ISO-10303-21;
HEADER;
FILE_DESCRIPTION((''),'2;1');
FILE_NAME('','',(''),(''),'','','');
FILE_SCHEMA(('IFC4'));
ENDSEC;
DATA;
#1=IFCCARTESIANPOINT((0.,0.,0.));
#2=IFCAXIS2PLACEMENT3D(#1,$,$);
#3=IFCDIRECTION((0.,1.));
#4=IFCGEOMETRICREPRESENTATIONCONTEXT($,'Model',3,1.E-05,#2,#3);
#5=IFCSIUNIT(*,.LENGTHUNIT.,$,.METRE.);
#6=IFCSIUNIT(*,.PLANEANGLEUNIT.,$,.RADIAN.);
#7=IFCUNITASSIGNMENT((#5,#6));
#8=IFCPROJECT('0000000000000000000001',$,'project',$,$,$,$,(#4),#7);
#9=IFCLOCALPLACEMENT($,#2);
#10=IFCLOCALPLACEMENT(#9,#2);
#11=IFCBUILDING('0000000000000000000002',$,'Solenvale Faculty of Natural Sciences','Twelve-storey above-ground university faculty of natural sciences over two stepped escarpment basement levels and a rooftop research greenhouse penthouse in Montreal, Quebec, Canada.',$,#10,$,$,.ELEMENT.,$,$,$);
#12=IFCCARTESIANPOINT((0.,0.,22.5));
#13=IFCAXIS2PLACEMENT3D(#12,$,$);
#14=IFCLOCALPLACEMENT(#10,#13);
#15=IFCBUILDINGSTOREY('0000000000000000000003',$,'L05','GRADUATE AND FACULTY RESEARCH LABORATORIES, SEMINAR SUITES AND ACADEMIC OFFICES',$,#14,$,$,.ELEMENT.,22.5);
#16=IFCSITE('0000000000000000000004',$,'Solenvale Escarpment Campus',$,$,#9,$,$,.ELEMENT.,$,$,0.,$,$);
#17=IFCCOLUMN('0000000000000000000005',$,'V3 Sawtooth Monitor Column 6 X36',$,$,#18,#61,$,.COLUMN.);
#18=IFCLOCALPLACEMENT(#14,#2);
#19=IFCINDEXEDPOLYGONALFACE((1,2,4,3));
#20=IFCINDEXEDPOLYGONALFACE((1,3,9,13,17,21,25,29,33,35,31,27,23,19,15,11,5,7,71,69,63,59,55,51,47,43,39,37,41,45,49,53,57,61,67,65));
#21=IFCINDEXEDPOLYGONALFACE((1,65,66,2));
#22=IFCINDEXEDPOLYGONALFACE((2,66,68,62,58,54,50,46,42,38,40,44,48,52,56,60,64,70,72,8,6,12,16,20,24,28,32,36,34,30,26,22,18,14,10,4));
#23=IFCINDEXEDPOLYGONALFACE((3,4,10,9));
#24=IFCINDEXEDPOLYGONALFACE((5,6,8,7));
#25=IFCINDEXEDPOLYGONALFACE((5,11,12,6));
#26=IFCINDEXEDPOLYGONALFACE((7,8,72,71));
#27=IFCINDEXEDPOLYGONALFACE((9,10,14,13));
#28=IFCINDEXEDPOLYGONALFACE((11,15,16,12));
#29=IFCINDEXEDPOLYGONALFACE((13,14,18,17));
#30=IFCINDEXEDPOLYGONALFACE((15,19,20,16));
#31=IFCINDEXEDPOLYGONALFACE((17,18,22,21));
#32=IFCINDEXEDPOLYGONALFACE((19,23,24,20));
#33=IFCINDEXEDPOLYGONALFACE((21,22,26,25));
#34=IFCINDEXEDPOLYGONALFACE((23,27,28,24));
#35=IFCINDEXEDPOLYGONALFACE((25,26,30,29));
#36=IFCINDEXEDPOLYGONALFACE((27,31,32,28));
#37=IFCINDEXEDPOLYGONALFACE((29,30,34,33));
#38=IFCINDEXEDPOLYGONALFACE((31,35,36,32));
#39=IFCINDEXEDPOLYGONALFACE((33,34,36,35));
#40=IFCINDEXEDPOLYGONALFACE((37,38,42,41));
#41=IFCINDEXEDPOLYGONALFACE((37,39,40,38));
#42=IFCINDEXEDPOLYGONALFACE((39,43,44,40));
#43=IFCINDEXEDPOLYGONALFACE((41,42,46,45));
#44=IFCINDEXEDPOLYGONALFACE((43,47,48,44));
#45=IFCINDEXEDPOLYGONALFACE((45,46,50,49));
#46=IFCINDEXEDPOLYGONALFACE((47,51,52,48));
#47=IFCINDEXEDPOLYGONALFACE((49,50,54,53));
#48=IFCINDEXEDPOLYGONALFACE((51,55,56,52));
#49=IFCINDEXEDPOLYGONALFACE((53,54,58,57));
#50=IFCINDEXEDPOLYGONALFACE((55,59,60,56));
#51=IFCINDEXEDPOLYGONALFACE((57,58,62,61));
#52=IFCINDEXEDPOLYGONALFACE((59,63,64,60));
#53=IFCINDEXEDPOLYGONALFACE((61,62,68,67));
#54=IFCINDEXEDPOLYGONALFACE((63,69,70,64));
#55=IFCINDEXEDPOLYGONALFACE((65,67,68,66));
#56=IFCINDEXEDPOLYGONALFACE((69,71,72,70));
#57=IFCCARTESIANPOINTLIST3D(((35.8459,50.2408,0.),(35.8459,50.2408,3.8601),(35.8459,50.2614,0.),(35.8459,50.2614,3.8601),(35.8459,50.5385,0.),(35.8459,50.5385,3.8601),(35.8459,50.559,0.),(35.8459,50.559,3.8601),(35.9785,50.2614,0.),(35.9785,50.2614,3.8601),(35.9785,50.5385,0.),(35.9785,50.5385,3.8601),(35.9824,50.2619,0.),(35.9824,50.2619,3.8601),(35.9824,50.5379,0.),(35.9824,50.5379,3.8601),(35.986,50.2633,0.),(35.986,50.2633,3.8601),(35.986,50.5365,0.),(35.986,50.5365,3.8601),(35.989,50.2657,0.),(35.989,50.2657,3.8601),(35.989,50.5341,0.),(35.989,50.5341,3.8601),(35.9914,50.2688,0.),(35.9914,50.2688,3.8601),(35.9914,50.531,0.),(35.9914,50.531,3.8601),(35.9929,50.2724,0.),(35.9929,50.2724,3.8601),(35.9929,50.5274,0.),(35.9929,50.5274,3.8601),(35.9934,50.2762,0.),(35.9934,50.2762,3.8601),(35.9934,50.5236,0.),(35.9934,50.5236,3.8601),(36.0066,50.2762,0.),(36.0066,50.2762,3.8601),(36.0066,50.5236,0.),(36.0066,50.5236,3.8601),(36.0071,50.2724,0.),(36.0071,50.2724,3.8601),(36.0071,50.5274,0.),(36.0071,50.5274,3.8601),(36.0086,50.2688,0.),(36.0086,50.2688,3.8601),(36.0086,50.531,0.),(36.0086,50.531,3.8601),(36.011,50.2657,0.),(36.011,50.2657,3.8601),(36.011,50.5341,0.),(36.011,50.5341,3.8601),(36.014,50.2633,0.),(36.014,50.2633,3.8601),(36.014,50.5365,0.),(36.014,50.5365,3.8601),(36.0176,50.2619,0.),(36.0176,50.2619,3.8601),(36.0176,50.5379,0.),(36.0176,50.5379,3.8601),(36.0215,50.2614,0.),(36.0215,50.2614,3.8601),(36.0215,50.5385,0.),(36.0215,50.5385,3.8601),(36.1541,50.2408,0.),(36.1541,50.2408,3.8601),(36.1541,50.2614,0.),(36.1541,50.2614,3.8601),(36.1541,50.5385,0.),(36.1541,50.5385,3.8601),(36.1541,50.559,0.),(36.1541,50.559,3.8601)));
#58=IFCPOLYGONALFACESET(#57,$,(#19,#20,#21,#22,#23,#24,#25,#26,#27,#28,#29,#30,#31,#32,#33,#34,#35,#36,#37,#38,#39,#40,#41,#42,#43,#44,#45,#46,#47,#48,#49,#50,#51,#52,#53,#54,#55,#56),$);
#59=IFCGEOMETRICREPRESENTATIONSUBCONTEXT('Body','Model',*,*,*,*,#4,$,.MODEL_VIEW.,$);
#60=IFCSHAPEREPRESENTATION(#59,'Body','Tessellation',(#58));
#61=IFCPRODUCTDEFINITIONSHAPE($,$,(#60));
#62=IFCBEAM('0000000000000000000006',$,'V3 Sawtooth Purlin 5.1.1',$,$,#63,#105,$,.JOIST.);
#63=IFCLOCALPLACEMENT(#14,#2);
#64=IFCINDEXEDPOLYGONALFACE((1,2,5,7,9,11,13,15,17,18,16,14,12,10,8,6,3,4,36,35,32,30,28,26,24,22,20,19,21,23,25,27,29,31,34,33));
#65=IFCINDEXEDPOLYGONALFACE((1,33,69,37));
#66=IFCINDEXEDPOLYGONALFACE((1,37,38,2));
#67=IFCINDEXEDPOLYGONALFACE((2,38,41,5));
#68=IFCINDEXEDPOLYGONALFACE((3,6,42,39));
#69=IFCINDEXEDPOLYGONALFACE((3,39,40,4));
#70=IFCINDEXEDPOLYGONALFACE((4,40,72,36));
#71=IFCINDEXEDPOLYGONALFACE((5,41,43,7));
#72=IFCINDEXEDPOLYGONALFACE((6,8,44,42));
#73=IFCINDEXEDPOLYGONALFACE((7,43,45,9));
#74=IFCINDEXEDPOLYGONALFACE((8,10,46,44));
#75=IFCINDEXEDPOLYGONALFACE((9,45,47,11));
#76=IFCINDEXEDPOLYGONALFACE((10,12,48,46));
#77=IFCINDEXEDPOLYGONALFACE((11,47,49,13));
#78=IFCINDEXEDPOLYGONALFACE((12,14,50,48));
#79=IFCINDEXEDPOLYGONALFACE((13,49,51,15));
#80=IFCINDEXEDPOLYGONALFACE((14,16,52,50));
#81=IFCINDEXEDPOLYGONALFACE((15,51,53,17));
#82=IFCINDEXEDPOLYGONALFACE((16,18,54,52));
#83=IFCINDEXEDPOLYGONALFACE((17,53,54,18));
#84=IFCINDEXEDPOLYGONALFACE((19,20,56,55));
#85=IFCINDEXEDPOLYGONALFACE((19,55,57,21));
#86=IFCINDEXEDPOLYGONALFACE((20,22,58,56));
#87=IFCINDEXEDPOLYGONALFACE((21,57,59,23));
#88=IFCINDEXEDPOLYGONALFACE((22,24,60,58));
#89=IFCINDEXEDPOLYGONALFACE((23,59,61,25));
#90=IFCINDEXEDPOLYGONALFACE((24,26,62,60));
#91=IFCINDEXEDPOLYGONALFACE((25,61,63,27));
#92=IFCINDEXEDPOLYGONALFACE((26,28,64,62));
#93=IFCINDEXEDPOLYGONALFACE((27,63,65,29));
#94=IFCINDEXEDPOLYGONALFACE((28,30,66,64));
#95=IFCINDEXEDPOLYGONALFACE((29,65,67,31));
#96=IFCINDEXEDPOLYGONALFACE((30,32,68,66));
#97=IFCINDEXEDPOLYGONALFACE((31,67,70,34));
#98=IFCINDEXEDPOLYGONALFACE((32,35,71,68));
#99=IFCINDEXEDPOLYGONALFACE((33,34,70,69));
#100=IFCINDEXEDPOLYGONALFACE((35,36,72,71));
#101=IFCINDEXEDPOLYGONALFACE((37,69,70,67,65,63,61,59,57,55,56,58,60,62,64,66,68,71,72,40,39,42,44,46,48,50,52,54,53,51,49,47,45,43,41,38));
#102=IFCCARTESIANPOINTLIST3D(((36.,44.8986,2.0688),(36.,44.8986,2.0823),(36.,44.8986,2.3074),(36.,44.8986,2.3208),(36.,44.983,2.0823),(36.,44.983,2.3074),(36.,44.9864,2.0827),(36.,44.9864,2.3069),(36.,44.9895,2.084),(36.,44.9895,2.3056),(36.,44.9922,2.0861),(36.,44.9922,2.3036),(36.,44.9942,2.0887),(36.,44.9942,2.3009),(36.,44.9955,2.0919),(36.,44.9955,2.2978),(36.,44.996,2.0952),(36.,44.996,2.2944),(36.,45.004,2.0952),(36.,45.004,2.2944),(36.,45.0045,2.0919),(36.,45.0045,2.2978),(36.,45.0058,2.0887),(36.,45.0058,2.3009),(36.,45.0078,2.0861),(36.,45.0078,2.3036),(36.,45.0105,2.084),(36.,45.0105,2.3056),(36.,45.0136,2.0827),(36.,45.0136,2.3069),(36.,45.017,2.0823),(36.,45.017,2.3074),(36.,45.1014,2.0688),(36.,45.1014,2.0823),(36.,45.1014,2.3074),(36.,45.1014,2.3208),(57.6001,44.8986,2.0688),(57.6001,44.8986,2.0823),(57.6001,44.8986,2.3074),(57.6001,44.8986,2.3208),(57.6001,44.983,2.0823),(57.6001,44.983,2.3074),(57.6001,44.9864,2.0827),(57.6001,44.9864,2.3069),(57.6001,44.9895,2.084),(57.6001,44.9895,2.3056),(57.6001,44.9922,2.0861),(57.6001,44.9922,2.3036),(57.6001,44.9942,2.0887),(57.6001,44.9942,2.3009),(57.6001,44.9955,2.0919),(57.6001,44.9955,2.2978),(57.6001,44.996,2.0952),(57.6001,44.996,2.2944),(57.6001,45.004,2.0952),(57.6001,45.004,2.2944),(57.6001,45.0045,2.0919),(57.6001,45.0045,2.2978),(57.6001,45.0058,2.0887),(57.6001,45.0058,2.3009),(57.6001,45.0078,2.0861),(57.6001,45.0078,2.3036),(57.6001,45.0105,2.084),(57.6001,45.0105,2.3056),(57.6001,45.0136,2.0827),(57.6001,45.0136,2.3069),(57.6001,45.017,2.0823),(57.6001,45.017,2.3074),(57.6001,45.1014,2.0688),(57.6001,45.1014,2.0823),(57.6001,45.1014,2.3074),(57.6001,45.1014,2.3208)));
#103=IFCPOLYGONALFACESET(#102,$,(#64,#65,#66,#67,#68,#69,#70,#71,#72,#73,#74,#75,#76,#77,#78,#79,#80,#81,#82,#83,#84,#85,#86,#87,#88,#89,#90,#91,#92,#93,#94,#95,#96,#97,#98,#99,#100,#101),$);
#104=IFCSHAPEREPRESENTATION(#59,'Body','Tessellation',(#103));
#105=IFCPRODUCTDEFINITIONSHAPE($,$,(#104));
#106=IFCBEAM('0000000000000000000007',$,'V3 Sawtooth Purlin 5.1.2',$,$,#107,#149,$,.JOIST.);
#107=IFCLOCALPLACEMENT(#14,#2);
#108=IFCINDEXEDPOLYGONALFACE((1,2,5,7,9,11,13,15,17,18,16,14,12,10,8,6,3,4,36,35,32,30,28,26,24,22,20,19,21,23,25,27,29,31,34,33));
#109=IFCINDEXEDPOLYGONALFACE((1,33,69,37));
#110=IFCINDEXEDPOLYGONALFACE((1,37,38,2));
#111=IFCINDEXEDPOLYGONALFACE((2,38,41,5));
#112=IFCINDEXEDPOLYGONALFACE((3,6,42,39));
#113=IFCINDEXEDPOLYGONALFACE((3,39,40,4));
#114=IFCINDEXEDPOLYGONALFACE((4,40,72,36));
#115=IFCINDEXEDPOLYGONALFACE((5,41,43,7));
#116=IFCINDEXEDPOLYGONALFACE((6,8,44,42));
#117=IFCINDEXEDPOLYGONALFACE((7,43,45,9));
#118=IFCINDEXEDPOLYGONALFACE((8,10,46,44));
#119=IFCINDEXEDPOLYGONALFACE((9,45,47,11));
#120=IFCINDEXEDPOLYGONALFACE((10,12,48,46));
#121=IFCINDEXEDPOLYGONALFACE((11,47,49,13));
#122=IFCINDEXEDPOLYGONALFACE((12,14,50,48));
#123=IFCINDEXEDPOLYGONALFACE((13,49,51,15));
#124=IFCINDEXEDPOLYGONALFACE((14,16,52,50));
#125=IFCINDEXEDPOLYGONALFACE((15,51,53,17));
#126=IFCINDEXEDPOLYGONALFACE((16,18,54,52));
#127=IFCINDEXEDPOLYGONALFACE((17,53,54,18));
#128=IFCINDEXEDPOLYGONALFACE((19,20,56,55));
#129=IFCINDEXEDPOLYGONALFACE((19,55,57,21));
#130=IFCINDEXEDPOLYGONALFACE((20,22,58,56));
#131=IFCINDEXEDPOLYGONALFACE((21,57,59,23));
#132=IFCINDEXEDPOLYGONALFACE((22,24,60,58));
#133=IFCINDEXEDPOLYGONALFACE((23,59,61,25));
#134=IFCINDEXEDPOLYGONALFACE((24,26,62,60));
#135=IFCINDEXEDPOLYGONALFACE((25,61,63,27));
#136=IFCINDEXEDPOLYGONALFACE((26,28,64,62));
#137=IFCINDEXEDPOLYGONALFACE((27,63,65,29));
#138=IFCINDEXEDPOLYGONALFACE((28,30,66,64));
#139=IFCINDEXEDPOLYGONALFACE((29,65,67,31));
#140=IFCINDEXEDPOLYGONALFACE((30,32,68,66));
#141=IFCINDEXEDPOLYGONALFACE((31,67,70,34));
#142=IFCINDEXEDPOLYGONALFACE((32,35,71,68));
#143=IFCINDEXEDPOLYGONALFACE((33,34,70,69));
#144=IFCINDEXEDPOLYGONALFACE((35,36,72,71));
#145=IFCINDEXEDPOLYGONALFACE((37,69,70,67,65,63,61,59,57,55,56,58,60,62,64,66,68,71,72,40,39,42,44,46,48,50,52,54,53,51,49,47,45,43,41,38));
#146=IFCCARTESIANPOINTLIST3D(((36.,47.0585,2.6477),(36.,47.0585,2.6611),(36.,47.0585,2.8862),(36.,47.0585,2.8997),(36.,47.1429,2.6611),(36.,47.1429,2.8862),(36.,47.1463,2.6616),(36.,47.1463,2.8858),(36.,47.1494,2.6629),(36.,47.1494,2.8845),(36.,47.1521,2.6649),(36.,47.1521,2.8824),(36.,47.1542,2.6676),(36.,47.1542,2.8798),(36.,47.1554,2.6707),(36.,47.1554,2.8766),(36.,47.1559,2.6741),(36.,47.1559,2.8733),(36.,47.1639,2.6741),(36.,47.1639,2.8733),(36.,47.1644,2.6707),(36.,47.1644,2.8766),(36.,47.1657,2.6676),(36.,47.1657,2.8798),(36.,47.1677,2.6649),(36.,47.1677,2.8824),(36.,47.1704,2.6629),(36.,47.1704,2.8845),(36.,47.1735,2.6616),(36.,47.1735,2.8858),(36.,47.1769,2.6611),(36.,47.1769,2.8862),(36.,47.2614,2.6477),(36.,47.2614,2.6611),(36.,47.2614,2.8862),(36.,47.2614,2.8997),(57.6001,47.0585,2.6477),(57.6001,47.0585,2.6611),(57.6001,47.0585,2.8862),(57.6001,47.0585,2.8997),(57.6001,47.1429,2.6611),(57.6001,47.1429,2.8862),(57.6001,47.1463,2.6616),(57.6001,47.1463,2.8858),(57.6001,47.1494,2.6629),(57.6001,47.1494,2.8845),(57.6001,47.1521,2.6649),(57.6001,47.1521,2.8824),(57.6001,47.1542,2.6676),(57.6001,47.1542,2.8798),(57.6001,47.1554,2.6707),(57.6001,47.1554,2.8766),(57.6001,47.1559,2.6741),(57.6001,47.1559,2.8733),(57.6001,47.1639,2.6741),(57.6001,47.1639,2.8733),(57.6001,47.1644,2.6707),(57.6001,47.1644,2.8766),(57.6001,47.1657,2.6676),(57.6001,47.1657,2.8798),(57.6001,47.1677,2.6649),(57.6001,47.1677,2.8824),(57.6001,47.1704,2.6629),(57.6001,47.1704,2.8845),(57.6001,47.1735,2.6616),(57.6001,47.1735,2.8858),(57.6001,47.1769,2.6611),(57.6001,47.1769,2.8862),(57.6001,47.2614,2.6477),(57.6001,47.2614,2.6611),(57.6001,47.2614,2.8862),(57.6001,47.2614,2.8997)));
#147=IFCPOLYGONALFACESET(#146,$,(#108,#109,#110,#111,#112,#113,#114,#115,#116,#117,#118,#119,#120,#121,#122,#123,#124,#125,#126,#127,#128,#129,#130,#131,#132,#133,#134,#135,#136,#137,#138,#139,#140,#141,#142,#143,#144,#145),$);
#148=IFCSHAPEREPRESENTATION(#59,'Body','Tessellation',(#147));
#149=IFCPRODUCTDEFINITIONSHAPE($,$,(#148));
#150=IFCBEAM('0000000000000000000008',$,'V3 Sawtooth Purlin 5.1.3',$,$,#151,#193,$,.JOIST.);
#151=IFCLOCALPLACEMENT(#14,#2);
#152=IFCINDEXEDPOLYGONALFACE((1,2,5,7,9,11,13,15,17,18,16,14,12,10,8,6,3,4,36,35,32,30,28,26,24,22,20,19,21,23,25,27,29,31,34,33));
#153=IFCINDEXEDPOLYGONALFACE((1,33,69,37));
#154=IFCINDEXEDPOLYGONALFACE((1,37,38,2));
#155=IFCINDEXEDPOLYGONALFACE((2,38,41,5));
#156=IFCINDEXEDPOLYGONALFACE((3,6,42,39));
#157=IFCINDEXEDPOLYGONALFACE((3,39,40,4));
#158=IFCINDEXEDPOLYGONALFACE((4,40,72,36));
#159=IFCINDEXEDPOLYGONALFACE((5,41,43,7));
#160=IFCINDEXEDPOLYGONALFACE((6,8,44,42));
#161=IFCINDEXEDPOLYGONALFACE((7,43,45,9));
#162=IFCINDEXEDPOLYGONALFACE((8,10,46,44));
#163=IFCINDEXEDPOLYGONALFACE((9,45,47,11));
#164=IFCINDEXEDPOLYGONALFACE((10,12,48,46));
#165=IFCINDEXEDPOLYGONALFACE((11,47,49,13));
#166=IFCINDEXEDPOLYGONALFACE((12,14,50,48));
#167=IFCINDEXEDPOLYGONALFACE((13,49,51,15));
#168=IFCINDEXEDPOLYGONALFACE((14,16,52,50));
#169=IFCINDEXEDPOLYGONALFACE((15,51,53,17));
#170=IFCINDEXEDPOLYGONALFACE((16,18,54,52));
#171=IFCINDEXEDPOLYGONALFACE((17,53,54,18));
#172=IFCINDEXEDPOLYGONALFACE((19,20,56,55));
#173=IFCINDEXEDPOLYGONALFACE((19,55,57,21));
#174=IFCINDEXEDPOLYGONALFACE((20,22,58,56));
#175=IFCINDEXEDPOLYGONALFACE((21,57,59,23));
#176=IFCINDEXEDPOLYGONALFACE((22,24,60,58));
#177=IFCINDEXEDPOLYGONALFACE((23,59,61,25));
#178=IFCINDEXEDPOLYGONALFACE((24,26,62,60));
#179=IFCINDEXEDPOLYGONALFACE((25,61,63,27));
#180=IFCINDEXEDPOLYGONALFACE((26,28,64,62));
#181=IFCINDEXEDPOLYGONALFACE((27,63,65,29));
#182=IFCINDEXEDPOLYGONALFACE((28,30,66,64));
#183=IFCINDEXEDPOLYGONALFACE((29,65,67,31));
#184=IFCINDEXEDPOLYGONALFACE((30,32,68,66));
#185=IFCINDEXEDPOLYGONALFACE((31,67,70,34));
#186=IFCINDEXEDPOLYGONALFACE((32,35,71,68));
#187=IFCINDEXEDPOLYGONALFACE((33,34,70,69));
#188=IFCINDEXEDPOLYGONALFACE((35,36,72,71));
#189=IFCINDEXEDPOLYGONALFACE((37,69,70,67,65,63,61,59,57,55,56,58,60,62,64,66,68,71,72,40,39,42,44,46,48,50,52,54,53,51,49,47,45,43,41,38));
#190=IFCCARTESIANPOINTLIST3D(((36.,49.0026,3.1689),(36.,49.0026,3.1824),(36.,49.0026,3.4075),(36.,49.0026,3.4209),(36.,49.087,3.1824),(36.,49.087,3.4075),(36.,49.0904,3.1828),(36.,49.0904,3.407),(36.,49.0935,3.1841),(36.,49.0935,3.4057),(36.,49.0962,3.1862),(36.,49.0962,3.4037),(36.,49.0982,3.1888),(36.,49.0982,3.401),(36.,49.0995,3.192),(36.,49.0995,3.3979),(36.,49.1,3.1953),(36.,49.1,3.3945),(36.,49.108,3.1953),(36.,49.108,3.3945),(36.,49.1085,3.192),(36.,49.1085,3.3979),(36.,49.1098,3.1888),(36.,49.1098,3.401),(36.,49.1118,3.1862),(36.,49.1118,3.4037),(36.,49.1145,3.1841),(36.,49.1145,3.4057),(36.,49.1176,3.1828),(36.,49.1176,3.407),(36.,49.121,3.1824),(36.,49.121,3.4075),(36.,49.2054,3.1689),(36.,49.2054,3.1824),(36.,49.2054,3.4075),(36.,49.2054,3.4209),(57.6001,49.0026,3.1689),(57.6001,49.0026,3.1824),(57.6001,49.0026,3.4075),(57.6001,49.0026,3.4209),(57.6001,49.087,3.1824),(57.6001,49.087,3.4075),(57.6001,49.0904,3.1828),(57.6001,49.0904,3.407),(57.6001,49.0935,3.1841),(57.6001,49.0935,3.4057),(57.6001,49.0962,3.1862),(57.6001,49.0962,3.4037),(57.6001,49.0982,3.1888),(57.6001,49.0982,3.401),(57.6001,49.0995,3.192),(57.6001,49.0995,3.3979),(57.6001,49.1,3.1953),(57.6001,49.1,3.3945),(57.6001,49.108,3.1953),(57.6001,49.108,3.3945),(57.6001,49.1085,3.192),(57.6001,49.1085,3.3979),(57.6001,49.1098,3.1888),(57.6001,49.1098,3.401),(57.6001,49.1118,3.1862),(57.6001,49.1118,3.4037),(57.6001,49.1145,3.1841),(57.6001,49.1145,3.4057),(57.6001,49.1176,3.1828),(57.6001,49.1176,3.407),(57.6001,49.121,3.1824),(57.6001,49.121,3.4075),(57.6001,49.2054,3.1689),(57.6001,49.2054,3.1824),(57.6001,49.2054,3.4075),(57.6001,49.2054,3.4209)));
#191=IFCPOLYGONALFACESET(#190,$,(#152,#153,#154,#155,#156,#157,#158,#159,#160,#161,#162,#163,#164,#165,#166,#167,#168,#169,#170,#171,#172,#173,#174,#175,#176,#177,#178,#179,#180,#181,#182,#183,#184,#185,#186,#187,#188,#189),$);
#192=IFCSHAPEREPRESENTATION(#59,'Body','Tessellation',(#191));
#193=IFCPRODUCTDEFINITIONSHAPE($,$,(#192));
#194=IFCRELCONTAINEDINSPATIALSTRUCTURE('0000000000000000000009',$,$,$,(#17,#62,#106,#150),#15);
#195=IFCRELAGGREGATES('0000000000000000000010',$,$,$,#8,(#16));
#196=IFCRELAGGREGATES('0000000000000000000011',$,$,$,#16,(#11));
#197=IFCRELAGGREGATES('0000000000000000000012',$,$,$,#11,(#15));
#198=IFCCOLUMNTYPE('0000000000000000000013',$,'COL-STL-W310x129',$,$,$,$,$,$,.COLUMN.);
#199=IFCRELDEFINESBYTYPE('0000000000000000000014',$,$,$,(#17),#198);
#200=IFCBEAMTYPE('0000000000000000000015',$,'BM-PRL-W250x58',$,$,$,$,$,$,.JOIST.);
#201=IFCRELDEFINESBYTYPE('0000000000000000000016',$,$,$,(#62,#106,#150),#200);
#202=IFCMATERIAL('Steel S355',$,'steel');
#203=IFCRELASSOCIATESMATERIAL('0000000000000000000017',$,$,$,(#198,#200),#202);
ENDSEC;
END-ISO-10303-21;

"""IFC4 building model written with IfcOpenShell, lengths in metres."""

from ifc_helpers import new_model, si_unit, direction, frame, origin, origin_2d, place, context, subcontext, project, spatial, i_section, extrude, material, material_profile, profile_set, type_object, element, save


model = new_model("IFC4")

# Units and contexts
model_context = context("Model", 3, precision=1e-05, world=origin(), true_north=direction((0.0, 1.0)))
body_context = subcontext(model_context, "Body", "Model", "MODEL_VIEW")
ifc_project = project(units=[si_unit("LENGTHUNIT", "METRE"), si_unit("PLANEANGLEUNIT", "RADIAN")], contexts=[model_context])

# Site, building, storey
site_placement = place(None, origin())
site = spatial("IfcSite", under=ifc_project, at=site_placement, Name="Solenvale Escarpment Campus", CompositionType="ELEMENT", RefElevation=0.0)
building_placement = place(site_placement, origin())
building = spatial("IfcBuilding", under=site, at=building_placement, Name="Solenvale Faculty of Natural Sciences", Description="Twelve-storey above-ground university faculty of natural sciences over two stepped escarpment basement levels and a rooftop research greenhouse penthouse in Montreal, Quebec, Canada.", CompositionType="ELEMENT")
storey_placement = place(building_placement, frame((0.0, 0.0, 22.5)))
storey = spatial("IfcBuildingStorey", under=building, at=storey_placement, Name="L05", Description="GRADUATE AND FACULTY RESEARCH LABORATORIES, SEMINAR SUITES AND ACADEMIC OFFICES", CompositionType="ELEMENT", Elevation=22.5)

# Column
ifc_material_1 = material(Name="Steel S355", Category="steel")
ifc_material_profile_1 = material_profile(ifc_material_1, i_section(OverallWidth=0.3081, OverallDepth=0.3181, WebThickness=0.0132, FlangeThickness=0.0205, FilletRadius=0.0149, at=origin_2d()), Name="W310x129")
ifc_profile_set_1 = profile_set([ifc_material_profile_1], Name="Steel S355")
column_type = type_object("IfcColumnType", Name="COL-STL-W310x129", PredefinedType="COLUMN", material=ifc_profile_set_1)
column_placement = place(storey_placement, frame((36.0, 50.3999, 0.0), z_axis=(0.0, 0.0, 1.0), x_axis=(1.0, 0.0, 0.0)))
element("IfcColumn", 1, at=column_placement, inside=storey, type_object=column_type, Name="V3 Sawtooth Monitor Column 6 X36", PredefinedType="COLUMN", context=body_context, shape_type="SweptSolid", body=[
    extrude(i_section(OverallWidth=0.3081, OverallDepth=0.3181, WebThickness=0.0132, FlangeThickness=0.0205, FilletRadius=0.0149, at=origin_2d()), origin(), (0.0, 0.0, 1.0), 3.8601),
])

# Beams
ifc_material_profile_2 = material_profile(ifc_material_1, i_section(OverallWidth=0.2029, OverallDepth=0.252, WebThickness=0.0081, FlangeThickness=0.0134, FilletRadius=0.0129, at=origin_2d()), Name="W250x58")
ifc_profile_set_2 = profile_set([ifc_material_profile_2], Name="Steel S355")
beam_type_1 = type_object("IfcBeamType", Name="BM-PRL-W250x58", PredefinedType="JOIST", material=ifc_profile_set_2)
for number, where, z_axis, x_axis, name in (
    (2, (36.0, 45.0, 2.1948), (1.0, 0.0, 0.0), (0.0, 1.0, 0.0), "V3 Sawtooth Purlin 5.1.1"),
    (3, (36.0, 47.1599, 2.7737), (1.0, 0.0, 0.0), (0.0, 1.0, 0.0), "V3 Sawtooth Purlin 5.1.2"),
    (4, (36.0, 49.104, 3.2949), (1.0, 0.0, 0.0), (0.0, 1.0, 0.0), "V3 Sawtooth Purlin 5.1.3"),
):
    element("IfcBeam", number, at=place(storey_placement, frame(where, z_axis=z_axis, x_axis=x_axis)), inside=storey, type_object=beam_type_1, Name=name, PredefinedType="JOIST", context=body_context, shape_type="SweptSolid", body=[
        extrude(i_section(OverallWidth=0.2029, OverallDepth=0.252, WebThickness=0.0081, FlangeThickness=0.0134, FilletRadius=0.0129, at=origin_2d()), origin(), (0.0, 0.0, 1.0), 21.6001),
    ])

save(model, "model.ifc")
